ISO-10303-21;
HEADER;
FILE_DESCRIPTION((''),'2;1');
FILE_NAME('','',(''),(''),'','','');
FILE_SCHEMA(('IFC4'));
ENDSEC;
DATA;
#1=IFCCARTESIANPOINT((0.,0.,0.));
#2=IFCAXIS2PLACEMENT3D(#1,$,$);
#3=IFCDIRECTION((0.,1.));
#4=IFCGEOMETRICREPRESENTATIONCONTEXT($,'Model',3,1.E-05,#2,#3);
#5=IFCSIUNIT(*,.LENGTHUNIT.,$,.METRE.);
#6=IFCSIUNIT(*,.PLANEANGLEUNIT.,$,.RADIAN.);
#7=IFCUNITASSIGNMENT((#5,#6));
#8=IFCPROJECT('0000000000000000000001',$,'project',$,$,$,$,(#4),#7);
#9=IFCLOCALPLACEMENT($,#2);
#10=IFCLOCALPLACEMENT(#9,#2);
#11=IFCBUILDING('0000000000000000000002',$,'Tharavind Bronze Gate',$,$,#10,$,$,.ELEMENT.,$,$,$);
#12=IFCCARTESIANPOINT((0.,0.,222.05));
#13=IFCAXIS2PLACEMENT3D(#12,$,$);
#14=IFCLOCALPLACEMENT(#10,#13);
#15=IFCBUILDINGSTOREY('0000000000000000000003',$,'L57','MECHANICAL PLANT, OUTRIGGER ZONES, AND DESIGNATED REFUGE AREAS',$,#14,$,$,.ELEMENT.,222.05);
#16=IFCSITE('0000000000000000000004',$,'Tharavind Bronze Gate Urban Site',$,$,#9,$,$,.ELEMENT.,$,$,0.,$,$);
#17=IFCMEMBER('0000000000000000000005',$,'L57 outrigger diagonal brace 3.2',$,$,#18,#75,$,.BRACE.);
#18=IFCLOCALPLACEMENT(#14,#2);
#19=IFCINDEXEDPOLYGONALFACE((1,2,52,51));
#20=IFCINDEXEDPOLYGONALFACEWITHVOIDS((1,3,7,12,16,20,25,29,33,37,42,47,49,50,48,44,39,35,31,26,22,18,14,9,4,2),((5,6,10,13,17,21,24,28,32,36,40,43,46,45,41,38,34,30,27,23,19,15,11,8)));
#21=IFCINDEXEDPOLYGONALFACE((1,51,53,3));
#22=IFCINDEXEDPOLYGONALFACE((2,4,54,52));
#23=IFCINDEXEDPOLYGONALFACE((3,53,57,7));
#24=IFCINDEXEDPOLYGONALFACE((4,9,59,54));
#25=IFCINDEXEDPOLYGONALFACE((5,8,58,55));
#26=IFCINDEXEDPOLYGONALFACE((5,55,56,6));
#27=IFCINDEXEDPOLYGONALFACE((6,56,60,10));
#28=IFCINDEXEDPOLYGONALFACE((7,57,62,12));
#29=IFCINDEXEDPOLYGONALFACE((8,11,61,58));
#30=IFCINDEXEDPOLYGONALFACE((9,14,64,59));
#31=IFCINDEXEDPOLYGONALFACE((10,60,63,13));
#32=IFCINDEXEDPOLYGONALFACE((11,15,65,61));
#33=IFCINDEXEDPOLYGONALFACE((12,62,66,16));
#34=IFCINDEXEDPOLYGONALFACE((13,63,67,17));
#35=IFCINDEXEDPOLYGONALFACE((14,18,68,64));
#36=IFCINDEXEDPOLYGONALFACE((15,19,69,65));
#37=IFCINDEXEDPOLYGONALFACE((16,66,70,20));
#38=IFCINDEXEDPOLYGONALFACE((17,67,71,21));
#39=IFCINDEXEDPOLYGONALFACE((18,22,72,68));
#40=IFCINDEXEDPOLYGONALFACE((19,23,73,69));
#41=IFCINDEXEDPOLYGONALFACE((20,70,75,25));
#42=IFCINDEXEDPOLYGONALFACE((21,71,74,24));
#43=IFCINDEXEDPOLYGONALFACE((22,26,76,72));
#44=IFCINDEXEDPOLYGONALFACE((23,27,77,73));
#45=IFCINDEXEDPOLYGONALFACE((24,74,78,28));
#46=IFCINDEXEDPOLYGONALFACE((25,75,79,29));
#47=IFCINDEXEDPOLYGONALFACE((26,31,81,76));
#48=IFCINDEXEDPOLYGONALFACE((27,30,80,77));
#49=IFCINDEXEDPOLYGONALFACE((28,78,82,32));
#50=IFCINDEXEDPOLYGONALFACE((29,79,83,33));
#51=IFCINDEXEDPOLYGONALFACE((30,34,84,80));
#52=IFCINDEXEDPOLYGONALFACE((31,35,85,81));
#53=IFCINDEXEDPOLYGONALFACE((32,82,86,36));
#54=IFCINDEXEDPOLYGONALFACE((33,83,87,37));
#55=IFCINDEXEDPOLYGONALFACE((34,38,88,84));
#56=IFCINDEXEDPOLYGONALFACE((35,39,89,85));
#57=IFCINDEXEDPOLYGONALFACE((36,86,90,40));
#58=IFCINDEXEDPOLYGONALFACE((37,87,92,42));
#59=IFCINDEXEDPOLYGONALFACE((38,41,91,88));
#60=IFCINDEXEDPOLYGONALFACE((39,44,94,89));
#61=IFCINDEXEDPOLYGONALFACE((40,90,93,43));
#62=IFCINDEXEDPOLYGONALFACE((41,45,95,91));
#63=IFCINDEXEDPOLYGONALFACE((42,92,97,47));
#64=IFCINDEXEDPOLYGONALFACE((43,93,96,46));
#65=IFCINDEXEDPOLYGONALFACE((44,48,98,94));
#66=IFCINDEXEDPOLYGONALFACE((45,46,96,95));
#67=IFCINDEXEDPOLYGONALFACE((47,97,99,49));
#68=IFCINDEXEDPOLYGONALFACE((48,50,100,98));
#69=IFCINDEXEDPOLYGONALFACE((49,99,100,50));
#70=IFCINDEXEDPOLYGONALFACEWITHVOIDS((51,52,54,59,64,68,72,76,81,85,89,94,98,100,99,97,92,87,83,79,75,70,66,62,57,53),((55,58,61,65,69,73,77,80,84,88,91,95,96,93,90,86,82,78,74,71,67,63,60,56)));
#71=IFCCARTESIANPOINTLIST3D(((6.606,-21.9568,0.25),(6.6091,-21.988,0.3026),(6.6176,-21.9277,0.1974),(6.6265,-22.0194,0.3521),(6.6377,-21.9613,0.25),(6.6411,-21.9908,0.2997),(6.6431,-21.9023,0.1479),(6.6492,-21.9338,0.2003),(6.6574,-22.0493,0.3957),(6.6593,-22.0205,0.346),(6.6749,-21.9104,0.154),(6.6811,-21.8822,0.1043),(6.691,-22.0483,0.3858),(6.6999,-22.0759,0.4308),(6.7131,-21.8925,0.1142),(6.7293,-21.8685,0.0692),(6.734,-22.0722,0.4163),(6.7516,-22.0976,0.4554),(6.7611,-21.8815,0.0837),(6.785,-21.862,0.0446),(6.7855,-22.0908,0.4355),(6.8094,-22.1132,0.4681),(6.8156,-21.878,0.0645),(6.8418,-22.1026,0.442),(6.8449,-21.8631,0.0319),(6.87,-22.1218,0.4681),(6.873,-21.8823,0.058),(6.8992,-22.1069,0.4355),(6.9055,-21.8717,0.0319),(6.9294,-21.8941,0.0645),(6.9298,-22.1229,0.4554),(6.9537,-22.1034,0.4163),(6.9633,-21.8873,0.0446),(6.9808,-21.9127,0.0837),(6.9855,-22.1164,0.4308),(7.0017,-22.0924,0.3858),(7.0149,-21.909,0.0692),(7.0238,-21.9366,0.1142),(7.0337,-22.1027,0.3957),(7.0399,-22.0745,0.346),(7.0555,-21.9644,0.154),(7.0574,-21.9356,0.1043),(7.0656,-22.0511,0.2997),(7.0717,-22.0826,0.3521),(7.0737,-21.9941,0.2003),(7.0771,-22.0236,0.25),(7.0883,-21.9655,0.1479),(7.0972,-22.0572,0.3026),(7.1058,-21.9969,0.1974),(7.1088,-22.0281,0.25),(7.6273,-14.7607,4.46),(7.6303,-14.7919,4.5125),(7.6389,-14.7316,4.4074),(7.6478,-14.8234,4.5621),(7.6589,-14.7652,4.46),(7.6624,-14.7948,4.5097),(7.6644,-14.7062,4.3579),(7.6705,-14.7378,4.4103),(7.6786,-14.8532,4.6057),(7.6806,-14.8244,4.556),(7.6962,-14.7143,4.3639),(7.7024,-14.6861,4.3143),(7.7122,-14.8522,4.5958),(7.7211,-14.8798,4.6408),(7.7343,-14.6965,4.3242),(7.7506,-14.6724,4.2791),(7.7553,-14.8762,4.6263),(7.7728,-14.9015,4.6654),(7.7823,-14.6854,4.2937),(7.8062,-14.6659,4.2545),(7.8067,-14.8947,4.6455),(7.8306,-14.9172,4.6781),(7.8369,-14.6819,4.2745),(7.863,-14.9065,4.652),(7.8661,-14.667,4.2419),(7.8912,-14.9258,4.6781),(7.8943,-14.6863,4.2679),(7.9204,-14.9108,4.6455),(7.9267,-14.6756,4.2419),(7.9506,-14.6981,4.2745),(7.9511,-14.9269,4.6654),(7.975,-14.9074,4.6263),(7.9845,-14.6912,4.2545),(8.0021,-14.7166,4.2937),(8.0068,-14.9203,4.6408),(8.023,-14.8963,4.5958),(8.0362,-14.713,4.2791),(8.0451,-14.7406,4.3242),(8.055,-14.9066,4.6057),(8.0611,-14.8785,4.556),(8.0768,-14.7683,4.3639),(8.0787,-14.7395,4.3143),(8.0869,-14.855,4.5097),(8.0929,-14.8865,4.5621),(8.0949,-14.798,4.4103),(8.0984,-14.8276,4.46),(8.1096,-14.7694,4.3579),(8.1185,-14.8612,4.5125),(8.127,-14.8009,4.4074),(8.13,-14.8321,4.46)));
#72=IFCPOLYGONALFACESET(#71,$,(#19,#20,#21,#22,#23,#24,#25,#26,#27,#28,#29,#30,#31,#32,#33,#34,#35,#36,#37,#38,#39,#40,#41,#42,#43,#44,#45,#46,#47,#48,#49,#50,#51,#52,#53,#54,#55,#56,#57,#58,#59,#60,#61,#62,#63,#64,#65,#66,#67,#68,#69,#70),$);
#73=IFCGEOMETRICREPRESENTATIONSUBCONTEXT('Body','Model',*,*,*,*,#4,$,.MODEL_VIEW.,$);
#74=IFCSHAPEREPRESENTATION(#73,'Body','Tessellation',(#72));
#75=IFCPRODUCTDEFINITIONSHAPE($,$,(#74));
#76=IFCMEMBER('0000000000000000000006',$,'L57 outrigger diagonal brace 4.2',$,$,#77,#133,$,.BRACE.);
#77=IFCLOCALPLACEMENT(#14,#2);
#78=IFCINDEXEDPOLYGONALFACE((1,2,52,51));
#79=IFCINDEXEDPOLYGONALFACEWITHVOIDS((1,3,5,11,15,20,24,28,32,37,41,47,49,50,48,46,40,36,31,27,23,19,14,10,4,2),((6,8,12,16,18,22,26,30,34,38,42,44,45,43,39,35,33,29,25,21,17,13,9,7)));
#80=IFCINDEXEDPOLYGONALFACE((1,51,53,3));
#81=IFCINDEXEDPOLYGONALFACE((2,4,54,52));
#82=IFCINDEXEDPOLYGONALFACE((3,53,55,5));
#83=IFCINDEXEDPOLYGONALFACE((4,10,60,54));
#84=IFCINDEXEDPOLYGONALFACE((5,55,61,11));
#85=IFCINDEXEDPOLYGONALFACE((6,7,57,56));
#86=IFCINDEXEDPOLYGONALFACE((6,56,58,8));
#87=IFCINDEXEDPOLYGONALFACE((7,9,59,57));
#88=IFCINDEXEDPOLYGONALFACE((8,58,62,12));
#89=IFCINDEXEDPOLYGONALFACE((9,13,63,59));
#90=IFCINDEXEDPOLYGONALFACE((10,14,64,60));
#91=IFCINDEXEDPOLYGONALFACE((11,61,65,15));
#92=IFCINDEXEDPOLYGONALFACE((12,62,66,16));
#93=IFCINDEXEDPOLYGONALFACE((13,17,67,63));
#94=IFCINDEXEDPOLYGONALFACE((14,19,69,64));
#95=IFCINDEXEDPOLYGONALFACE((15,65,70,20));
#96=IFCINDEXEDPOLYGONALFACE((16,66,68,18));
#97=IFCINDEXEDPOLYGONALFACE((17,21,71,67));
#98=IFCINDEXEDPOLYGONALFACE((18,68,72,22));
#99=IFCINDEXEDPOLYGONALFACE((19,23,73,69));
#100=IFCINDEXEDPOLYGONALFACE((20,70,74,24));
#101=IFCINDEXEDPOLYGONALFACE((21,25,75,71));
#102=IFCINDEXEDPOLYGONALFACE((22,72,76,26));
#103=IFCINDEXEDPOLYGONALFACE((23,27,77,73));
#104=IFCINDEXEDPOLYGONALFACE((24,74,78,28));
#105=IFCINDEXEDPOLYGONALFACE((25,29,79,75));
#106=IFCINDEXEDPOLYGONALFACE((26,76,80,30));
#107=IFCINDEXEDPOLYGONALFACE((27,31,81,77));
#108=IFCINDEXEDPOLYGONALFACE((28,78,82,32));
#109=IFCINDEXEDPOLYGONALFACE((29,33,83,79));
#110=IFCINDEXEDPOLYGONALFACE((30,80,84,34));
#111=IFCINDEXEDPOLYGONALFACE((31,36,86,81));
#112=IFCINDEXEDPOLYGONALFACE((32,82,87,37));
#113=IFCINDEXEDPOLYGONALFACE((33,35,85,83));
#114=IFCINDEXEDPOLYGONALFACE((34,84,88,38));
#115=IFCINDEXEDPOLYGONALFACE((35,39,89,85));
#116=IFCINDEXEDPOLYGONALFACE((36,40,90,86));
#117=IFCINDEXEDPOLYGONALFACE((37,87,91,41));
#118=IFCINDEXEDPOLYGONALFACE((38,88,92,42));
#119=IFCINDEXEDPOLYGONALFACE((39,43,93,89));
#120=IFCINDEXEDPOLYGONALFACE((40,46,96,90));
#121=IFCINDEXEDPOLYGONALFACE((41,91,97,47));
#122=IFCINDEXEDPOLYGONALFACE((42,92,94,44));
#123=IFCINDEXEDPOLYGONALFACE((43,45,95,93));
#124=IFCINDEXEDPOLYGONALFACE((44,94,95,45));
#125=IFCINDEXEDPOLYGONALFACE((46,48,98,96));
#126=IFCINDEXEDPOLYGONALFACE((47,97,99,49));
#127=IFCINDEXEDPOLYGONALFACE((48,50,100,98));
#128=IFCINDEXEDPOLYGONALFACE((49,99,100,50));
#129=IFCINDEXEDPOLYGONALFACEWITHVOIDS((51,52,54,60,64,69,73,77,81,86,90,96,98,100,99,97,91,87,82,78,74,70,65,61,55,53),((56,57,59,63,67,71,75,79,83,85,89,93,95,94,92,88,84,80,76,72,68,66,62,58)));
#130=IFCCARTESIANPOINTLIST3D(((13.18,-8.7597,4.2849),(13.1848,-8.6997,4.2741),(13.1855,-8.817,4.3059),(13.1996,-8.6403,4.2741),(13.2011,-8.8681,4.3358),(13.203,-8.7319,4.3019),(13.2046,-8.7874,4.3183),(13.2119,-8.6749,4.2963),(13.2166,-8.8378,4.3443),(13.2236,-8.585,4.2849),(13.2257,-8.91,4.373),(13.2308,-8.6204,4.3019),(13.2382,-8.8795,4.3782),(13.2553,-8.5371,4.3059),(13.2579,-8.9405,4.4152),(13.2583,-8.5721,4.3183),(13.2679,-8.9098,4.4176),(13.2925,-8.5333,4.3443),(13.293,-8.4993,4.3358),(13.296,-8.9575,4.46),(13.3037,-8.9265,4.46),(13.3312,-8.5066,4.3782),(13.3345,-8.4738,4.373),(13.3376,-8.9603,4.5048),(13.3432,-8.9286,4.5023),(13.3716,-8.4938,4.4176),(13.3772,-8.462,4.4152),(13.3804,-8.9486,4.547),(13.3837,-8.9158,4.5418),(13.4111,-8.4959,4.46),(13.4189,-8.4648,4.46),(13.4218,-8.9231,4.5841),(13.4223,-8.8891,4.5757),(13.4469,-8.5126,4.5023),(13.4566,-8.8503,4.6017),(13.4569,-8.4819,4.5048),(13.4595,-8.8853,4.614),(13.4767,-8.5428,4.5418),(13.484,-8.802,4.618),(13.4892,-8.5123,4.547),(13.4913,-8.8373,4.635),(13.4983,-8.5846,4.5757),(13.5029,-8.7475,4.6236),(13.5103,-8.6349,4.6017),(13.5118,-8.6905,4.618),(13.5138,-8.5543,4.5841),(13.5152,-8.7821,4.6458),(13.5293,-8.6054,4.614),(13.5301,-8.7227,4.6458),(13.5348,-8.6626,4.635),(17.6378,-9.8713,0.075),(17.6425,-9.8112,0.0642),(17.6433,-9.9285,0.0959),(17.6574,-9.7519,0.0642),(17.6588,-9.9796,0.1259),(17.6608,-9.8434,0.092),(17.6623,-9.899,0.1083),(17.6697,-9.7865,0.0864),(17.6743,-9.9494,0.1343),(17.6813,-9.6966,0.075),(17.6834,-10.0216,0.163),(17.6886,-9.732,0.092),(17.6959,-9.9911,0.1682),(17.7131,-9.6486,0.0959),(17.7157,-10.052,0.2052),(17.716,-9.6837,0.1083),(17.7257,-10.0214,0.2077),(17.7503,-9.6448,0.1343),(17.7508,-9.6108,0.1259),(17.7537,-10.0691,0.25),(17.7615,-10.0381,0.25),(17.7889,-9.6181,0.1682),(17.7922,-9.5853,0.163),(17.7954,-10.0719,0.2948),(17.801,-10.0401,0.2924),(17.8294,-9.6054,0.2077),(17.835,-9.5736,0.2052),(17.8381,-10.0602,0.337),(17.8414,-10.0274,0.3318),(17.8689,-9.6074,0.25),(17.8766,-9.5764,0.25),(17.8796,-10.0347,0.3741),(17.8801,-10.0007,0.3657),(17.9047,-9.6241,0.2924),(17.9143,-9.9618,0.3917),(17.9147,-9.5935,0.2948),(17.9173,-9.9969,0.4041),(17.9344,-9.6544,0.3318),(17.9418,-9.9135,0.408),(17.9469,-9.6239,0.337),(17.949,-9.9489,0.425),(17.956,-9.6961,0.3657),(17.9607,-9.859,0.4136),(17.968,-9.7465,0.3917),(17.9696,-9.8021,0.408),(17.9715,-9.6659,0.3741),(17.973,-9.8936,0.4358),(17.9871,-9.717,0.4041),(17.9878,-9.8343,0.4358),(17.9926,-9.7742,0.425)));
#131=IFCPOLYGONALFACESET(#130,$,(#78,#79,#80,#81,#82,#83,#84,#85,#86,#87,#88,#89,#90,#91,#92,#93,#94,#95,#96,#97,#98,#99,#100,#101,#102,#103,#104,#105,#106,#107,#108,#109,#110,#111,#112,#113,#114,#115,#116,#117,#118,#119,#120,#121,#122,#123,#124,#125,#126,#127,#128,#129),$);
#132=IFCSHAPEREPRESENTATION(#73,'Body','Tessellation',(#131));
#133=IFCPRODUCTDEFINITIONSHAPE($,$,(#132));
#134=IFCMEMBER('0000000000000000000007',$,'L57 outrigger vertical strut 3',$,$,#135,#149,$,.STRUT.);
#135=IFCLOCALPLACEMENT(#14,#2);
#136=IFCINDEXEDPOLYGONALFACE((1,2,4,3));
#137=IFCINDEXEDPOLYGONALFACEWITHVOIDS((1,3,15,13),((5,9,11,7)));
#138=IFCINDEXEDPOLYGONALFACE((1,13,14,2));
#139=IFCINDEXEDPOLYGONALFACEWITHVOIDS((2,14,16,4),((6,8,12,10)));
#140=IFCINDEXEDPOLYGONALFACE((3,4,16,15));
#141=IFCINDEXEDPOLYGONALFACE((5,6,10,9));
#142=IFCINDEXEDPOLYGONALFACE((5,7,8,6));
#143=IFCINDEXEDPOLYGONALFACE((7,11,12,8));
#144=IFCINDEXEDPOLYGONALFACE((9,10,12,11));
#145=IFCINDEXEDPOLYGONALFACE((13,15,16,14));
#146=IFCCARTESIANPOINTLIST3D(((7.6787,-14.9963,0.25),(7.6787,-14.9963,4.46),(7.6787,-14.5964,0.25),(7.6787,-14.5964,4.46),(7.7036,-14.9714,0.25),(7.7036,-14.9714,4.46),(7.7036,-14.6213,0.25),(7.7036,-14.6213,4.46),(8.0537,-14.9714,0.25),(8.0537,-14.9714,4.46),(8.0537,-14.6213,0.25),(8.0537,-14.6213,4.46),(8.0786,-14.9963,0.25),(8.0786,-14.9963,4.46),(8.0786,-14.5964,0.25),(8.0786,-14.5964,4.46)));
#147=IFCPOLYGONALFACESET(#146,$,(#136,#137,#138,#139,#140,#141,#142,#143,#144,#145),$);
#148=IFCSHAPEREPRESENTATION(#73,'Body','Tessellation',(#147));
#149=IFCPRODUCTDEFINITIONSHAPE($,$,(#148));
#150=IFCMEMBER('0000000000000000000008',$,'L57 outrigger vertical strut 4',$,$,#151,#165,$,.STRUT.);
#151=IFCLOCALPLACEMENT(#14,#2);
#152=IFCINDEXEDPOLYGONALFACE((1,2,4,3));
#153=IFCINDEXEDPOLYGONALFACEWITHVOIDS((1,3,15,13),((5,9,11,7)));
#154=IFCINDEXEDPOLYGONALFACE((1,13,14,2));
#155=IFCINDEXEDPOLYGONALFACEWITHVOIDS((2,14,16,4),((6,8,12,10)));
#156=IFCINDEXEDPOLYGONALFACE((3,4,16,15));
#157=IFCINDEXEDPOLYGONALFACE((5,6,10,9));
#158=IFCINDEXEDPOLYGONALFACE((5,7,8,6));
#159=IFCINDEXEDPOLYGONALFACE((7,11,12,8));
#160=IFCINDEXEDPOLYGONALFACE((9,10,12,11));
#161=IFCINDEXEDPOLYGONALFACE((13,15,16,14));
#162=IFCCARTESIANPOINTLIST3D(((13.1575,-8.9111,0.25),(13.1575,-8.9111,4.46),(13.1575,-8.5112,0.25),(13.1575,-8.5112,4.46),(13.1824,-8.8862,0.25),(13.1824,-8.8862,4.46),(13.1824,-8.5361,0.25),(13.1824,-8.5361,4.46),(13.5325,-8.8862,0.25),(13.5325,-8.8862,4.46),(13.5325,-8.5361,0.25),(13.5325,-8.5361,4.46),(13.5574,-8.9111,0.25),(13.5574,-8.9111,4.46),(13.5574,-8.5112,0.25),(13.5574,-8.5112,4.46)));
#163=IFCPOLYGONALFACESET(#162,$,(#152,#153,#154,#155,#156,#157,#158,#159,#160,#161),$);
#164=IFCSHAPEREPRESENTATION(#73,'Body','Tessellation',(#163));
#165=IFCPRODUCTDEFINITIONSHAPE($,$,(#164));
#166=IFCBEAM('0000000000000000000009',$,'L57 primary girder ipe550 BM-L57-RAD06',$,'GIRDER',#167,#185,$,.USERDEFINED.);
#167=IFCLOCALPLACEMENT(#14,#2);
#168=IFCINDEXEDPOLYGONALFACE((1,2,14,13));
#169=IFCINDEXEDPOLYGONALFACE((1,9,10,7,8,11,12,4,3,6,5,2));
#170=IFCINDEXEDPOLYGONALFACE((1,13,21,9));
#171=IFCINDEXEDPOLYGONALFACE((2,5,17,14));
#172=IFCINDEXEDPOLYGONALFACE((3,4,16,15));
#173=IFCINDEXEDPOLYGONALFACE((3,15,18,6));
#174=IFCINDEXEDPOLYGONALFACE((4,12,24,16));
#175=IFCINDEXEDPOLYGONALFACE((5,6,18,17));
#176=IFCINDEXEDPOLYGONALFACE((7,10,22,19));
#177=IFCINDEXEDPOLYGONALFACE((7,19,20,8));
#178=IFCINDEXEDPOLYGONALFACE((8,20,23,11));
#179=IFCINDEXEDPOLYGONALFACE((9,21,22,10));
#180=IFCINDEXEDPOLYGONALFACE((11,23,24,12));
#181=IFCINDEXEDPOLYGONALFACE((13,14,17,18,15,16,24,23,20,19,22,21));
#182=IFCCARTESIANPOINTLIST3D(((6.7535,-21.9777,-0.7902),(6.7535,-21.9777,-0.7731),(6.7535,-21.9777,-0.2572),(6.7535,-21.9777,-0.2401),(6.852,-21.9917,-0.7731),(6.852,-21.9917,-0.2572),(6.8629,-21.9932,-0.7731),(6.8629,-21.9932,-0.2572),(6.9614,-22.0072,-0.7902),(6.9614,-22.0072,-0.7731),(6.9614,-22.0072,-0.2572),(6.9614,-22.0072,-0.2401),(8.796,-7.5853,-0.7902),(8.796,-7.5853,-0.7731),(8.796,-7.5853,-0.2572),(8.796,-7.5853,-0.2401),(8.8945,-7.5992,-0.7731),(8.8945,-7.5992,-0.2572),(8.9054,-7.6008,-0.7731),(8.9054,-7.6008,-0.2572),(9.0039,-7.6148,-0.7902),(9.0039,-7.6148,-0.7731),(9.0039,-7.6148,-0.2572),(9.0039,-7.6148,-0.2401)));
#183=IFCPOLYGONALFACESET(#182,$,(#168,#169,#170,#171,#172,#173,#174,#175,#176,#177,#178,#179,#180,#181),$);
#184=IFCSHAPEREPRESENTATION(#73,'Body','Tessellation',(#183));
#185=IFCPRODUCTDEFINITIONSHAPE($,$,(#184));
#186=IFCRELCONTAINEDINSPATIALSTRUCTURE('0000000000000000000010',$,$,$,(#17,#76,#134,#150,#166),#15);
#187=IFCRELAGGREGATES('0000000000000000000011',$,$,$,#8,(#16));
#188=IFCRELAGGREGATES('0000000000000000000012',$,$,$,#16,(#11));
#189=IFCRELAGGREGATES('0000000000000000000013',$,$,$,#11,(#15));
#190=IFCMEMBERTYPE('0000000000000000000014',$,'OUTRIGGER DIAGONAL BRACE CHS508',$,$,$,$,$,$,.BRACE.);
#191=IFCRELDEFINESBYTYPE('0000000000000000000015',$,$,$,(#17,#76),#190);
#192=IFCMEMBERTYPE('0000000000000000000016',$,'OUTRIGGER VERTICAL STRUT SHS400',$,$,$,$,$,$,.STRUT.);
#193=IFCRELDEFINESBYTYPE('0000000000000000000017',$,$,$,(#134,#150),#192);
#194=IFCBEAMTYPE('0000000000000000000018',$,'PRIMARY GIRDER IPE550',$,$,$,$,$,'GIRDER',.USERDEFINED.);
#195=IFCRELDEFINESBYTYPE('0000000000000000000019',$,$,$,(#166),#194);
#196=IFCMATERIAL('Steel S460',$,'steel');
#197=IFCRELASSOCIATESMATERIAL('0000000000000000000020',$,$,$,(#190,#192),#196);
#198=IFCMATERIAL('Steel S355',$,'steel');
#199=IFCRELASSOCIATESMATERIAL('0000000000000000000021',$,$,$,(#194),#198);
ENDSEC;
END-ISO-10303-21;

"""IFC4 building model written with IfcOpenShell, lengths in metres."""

from ifc_helpers import new_model, si_unit, direction, frame, origin, origin_2d, place, context, subcontext, project, spatial, hollow_rectangle, hollow_circle, i_section, extrude, material, material_profile, profile_set, type_object, element, save


model = new_model("IFC4")

# Units and contexts
model_context = context("Model", 3, precision=1e-05, world=origin(), true_north=direction((0.0, 1.0)))
body_context = subcontext(model_context, "Body", "Model", "MODEL_VIEW")
ifc_project = project(units=[si_unit("LENGTHUNIT", "METRE"), si_unit("PLANEANGLEUNIT", "RADIAN")], contexts=[model_context])

# Site, building, storey
site_placement = place(None, origin())
site = spatial("IfcSite", under=ifc_project, at=site_placement, Name="Tharavind Bronze Gate Urban Site", CompositionType="ELEMENT", RefElevation=0.0)
building_placement = place(site_placement, origin())
building = spatial("IfcBuilding", under=site, at=building_placement, Name="Tharavind Bronze Gate", CompositionType="ELEMENT")
storey_placement = place(building_placement, frame((0.0, 0.0, 222.05)))
storey = spatial("IfcBuildingStorey", under=building, at=storey_placement, Name="L57", Description="MECHANICAL PLANT, OUTRIGGER ZONES, AND DESIGNATED REFUGE AREAS", CompositionType="ELEMENT", Elevation=222.05)

# Shared definitions
ifc_material_1 = material(Name="Steel S460", Category="steel")

# Members
ifc_material_profile_1 = material_profile(ifc_material_1, hollow_circle(Radius=0.2539, WallThickness=0.032, at=origin_2d()), Name="CHS508X32")
ifc_profile_set_1 = profile_set([ifc_material_profile_1], Name="Steel S460")
member_type_1 = type_object("IfcMemberType", Name="OUTRIGGER DIAGONAL BRACE CHS508", PredefinedType="BRACE", material=ifc_profile_set_1)
member_1_placement = place(storey_placement, frame((7.8787, -14.7964, 4.46), z_axis=(-0.121585, -0.856734, -0.501222), x_axis=(0.990079, -0.140509, 0.0)))
element("IfcMember", 1, at=member_1_placement, inside=storey, type_object=member_type_1, Name="L57 outrigger diagonal brace 3.2", PredefinedType="BRACE", context=body_context, shape_type="SweptSolid", body=[
    extrude(hollow_circle(Radius=0.2539, WallThickness=0.032, at=origin_2d()), origin(), (0.0, 0.0, 1.0), 8.3994),
])
member_2_placement = place(storey_placement, frame((13.3574, -8.7112, 4.46), z_axis=(0.715365, -0.178381, -0.675598), x_axis=(0.241948, 0.970289, 0.0)))
element("IfcMember", 2, at=member_2_placement, inside=storey, type_object=member_type_1, Name="L57 outrigger diagonal brace 4.2", PredefinedType="BRACE", context=body_context, shape_type="SweptSolid", body=[
    extrude(hollow_circle(Radius=0.2539, WallThickness=0.032, at=origin_2d()), origin(), (0.0, 0.0, 1.0), 6.2314),
])
ifc_material_profile_2 = material_profile(ifc_material_1, hollow_rectangle(XDim=0.3999, YDim=0.3999, WallThickness=0.0249, at=origin_2d()), Name="SHS400X25")
ifc_profile_set_2 = profile_set([ifc_material_profile_2], Name="Steel S460")
member_type_2 = type_object("IfcMemberType", Name="OUTRIGGER VERTICAL STRUT SHS400", PredefinedType="STRUT", material=ifc_profile_set_2)
for number, where, z_axis, x_axis, name in (
    (3, (7.8787, -14.7964, 0.25), (0.0, 0.0, 1.0), (1.0, 0.0, 0.0), "L57 outrigger vertical strut 3"),
    (4, (13.3574, -8.7112, 0.25), (0.0, 0.0, 1.0), (1.0, 0.0, 0.0), "L57 outrigger vertical strut 4"),
):
    element("IfcMember", number, at=place(storey_placement, frame(where, z_axis=z_axis, x_axis=x_axis)), inside=storey, type_object=member_type_2, Name=name, PredefinedType="STRUT", context=body_context, shape_type="SweptSolid", body=[
        extrude(hollow_rectangle(XDim=0.3999, YDim=0.3999, WallThickness=0.0249, at=origin_2d()), origin(), (0.0, 0.0, 1.0), 4.21),
    ])

# Beam
ifc_material_2 = material(Name="Steel S355", Category="steel")
ifc_material_profile_3 = material_profile(ifc_material_2, i_section(OverallWidth=0.21, OverallDepth=0.55, WebThickness=0.011, FlangeThickness=0.0171, at=origin_2d()), Name="IPE550")
ifc_profile_set_3 = profile_set([ifc_material_profile_3], Name="Steel S355")
beam_type_1 = type_object("IfcBeamType", Name="PRIMARY GIRDER IPE550", ElementType="GIRDER", PredefinedType="USERDEFINED", material=ifc_profile_set_3)
beam_1_placement = place(storey_placement, frame((6.8574, -21.9924, -0.5151), z_axis=(0.140507, 0.99008, 0.0), x_axis=(-0.99008, 0.140507, 0.0)))
element("IfcBeam", 5, at=beam_1_placement, inside=storey, type_object=beam_type_1, Name="L57 primary girder ipe550 BM-L57-RAD06", ObjectType="GIRDER", PredefinedType="USERDEFINED", context=body_context, shape_type="SweptSolid", body=[
    extrude(i_section(OverallWidth=0.21, OverallDepth=0.55, WebThickness=0.011, FlangeThickness=0.0171, at=origin_2d()), origin(), (0.0, 0.0, 1.0), 14.5366),
])

save(model, "model.ifc")
